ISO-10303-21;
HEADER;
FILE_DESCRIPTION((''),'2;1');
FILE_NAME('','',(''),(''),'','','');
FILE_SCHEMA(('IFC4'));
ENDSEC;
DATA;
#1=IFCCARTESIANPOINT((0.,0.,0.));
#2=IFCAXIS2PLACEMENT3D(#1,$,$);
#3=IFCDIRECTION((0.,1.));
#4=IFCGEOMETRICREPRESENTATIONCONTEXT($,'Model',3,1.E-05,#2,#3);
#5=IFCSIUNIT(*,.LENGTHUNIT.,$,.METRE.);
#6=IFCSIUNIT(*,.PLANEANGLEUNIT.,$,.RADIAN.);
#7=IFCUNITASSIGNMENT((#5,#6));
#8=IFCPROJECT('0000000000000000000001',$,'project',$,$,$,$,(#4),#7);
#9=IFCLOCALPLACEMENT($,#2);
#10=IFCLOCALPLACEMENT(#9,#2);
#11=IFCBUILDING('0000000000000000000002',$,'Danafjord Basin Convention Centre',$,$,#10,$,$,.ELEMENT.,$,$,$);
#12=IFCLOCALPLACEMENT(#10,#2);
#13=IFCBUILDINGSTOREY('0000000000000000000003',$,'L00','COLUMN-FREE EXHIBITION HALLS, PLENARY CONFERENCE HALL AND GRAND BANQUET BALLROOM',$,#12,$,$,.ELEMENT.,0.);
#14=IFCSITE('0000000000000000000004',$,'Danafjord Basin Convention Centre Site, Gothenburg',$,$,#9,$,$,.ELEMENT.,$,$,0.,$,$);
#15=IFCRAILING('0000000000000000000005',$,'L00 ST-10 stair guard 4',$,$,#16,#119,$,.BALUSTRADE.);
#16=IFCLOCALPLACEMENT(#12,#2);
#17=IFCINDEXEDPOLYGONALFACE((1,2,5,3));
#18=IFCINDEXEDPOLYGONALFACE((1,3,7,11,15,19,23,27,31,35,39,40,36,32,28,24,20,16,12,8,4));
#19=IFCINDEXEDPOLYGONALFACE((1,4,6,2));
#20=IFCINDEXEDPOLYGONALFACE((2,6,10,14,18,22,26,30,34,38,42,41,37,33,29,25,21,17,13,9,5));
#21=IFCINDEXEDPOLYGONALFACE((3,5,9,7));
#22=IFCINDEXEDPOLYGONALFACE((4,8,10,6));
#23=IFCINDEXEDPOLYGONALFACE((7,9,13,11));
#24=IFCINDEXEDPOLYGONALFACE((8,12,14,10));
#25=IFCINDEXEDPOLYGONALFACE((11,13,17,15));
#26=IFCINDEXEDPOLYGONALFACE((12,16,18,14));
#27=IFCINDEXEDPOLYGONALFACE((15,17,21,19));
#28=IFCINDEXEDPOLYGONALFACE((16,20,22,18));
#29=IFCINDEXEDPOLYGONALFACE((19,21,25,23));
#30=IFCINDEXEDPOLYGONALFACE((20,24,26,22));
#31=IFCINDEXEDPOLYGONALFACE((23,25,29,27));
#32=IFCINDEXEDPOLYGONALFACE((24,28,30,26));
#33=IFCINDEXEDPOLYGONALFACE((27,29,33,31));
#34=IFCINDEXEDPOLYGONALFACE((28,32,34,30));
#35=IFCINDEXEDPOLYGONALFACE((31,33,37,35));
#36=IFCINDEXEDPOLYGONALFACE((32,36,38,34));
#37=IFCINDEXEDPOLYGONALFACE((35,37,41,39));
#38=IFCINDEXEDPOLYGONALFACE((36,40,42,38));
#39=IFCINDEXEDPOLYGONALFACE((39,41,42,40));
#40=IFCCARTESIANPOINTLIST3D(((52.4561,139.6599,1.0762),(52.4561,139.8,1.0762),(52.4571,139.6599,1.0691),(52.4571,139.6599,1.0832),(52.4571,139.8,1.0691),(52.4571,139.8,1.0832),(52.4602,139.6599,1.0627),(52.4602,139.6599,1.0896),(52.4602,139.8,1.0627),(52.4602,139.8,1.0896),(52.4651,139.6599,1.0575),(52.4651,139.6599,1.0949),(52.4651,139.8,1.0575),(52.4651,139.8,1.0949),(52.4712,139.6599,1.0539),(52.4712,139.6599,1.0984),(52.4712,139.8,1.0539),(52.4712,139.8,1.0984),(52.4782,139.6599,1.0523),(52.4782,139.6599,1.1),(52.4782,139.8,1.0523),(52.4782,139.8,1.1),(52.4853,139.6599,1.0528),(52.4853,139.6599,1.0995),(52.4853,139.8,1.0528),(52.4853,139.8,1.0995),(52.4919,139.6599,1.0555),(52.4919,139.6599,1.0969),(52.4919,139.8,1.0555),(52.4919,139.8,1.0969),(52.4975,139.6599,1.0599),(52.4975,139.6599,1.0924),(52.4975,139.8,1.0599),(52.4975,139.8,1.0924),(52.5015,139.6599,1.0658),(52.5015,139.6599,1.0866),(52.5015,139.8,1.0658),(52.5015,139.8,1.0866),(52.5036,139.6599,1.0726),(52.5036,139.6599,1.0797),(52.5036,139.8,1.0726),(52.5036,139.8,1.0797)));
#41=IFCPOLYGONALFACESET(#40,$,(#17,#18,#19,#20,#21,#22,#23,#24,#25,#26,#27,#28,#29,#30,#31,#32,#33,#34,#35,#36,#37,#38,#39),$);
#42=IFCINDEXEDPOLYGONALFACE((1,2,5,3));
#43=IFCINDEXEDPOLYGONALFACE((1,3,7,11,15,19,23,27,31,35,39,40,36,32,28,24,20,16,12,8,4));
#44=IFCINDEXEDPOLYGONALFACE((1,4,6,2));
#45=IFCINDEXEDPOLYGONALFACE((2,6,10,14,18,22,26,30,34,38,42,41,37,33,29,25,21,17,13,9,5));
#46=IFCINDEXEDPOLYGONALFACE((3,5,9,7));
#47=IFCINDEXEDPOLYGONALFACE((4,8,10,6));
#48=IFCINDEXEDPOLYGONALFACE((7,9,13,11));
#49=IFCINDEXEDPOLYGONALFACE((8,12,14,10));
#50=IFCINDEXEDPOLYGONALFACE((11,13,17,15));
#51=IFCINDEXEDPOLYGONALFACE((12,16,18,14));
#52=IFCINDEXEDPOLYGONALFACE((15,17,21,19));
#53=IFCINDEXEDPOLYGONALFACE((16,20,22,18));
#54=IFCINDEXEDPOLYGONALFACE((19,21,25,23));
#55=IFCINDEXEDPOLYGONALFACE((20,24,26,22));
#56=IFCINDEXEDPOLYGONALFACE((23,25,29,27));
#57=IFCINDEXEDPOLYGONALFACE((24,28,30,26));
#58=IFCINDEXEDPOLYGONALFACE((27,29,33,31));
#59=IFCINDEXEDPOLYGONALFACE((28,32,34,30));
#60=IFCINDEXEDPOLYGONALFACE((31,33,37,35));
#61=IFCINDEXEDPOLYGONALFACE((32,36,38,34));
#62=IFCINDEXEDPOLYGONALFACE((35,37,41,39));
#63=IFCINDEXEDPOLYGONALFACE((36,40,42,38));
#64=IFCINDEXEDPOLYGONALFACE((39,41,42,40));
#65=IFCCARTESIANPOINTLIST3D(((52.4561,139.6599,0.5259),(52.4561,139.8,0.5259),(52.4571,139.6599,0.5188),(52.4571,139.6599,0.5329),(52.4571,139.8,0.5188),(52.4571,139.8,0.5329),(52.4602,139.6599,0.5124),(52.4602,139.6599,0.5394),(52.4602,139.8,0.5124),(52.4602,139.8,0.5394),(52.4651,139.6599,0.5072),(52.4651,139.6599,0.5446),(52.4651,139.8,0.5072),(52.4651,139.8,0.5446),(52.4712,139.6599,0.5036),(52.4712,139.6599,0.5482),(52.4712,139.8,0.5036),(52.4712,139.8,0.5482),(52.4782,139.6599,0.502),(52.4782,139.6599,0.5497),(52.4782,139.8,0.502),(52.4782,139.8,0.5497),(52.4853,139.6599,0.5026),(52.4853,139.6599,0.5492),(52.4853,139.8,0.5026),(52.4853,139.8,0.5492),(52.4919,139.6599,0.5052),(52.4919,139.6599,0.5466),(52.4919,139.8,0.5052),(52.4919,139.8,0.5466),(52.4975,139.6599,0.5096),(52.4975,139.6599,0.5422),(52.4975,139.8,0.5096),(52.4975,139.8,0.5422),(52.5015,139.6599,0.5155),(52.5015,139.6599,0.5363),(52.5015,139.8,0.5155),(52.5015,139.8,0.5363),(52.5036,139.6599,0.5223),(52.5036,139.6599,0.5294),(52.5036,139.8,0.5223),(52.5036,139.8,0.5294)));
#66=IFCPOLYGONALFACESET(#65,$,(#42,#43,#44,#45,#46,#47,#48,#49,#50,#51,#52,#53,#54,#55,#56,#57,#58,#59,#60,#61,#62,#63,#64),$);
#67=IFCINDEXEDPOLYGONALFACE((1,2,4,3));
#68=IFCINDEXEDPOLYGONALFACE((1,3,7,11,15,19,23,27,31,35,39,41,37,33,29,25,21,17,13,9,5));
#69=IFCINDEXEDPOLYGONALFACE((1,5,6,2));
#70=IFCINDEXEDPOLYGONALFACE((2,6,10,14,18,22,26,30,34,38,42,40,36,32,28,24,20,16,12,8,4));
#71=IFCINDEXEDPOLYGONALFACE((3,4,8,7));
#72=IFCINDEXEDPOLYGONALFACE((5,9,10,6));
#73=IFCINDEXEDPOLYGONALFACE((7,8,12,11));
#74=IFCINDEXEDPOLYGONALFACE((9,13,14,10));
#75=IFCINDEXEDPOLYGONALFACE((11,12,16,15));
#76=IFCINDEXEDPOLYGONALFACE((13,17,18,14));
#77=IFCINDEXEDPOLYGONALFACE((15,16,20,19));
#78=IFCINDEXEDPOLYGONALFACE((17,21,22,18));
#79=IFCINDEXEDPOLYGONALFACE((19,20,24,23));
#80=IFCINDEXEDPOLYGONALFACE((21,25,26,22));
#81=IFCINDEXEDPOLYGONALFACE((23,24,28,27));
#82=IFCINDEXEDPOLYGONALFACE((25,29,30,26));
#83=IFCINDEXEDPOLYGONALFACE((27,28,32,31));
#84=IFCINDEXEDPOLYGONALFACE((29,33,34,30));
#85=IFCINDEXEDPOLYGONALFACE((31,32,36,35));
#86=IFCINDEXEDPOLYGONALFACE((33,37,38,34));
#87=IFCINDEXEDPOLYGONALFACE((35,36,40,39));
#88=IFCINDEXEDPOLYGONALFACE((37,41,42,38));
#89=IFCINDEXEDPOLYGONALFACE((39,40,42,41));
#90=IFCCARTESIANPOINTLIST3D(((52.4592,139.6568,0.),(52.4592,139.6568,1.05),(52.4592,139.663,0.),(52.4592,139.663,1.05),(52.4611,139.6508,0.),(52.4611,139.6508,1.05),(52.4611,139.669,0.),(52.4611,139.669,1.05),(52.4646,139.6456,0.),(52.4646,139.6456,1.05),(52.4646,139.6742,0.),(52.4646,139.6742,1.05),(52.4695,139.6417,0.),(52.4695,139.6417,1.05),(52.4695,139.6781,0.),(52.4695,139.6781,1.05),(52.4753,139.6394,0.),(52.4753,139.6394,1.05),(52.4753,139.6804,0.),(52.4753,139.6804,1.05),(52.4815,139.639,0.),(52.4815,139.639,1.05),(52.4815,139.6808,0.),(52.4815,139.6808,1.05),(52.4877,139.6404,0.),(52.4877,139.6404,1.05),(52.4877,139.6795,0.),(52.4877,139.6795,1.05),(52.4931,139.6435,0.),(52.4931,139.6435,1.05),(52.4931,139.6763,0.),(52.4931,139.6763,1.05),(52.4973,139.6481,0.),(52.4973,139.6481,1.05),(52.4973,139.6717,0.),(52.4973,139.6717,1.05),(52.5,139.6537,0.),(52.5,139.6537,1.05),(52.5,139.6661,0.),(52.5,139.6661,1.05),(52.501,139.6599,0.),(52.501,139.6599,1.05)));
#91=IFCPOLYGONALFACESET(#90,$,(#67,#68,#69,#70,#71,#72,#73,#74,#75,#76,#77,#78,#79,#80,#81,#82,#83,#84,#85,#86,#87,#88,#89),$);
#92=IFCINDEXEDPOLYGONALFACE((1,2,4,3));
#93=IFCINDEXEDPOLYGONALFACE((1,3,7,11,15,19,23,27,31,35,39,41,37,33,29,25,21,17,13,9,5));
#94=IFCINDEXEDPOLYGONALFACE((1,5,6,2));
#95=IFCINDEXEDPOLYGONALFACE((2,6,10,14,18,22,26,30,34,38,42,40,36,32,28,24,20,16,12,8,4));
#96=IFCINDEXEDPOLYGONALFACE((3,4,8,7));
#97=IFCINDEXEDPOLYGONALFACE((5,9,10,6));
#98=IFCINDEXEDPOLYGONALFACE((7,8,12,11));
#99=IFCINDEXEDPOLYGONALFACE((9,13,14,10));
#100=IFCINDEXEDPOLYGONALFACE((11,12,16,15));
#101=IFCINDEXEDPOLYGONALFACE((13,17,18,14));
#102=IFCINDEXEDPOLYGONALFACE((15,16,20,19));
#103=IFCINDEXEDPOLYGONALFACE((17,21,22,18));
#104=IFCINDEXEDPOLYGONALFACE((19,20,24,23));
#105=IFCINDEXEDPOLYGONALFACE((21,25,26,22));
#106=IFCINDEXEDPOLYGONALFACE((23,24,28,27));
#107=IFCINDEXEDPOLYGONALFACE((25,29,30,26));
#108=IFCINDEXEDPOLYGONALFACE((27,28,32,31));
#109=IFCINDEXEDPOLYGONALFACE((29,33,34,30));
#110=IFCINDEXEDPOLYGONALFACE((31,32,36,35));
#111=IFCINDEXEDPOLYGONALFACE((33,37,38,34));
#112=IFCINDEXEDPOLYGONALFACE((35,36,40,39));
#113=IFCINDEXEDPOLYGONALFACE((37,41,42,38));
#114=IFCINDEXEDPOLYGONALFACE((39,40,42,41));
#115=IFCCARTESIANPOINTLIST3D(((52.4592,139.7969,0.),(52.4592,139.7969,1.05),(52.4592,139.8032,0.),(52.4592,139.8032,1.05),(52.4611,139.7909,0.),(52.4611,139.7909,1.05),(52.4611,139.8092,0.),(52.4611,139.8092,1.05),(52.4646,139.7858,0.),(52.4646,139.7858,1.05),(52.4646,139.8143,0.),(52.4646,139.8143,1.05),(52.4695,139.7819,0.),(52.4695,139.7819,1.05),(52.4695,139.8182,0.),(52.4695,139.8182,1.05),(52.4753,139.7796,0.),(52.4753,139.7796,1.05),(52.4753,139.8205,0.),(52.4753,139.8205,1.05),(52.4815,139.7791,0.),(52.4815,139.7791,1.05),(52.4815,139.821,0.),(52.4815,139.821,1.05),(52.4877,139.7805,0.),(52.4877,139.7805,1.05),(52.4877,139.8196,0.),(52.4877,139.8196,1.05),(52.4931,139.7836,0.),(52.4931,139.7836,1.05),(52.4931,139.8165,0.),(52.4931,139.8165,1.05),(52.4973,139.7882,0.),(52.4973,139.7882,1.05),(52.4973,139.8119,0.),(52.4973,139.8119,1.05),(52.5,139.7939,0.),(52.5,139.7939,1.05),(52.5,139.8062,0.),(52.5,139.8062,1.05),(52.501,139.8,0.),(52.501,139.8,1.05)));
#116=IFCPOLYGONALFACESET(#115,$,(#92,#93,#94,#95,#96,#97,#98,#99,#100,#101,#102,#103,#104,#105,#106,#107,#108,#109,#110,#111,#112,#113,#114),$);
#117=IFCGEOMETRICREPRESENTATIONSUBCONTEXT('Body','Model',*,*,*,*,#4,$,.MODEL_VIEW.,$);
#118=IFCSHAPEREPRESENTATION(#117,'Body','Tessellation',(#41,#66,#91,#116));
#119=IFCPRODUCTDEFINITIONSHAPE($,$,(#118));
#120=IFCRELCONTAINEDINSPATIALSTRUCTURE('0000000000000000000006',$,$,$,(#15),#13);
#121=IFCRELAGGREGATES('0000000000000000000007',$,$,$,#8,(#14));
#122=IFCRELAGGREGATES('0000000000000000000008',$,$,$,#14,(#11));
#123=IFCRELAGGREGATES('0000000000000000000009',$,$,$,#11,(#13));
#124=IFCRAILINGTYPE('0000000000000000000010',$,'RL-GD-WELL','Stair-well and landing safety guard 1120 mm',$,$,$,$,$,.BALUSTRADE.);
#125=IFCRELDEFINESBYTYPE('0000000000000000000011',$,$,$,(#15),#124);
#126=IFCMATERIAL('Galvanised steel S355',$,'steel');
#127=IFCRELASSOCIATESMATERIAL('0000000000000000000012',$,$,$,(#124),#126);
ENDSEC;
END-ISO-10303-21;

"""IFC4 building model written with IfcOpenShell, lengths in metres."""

from ifc_helpers import new_model, si_unit, direction, frame, origin, origin_2d, place, context, subcontext, project, spatial, circle, extrude, material, type_object, element, save


model = new_model("IFC4")

# Units and contexts
model_context = context("Model", 3, precision=1e-05, world=origin(), true_north=direction((0.0, 1.0)))
body_context = subcontext(model_context, "Body", "Model", "MODEL_VIEW")
ifc_project = project(units=[si_unit("LENGTHUNIT", "METRE"), si_unit("PLANEANGLEUNIT", "RADIAN")], contexts=[model_context])

# Site, building, storey
site_placement = place(None, origin())
site = spatial("IfcSite", under=ifc_project, at=site_placement, Name="Danafjord Basin Convention Centre Site, Gothenburg", CompositionType="ELEMENT", RefElevation=0.0)
building_placement = place(site_placement, origin())
building = spatial("IfcBuilding", under=site, at=building_placement, Name="Danafjord Basin Convention Centre", CompositionType="ELEMENT")
storey_placement = place(building_placement, origin())
storey = spatial("IfcBuildingStorey", under=building, at=storey_placement, Name="L00", Description="COLUMN-FREE EXHIBITION HALLS, PLENARY CONFERENCE HALL AND GRAND BANQUET BALLROOM", CompositionType="ELEMENT", Elevation=0.0)

# Railing
ifc_material_1 = material(Name="Galvanised steel S355", Category="steel")
railing_type_1 = type_object("IfcRailingType", Name="RL-GD-WELL", Description="Stair-well and landing safety guard 1120 mm", PredefinedType="BALUSTRADE", material=ifc_material_1)
railing_1_placement = place(storey_placement, frame((52.48, 139.6599, 0.0)))
element("IfcRailing", 1, at=railing_1_placement, inside=storey, type_object=railing_type_1, Name="L00 ST-10 stair guard 4", PredefinedType="BALUSTRADE", context=body_context, shape_type="SweptSolid", body=[
    extrude(circle(Radius=0.0239, at=origin_2d()), frame((0.0, 0.0, 1.0762), z_axis=(0.0, 1.0, 0.0), x_axis=(-1.0, 0.0, 0.0)), (0.0, 0.0, 1.0), 0.1401),
    extrude(circle(Radius=0.0239, at=origin_2d()), frame((0.0, 0.0, 0.5259), z_axis=(0.0, 1.0, 0.0), x_axis=(-1.0, 0.0, 0.0)), (0.0, 0.0, 1.0), 0.1401),
    extrude(circle(Radius=0.021, at=origin_2d()), origin(), (0.0, 0.0, 1.0), 1.05),
    extrude(circle(Radius=0.021, at=origin_2d()), frame((0.0, 0.1401, 0.0)), (0.0, 0.0, 1.0), 1.05),
])

save(model, "model.ifc")
